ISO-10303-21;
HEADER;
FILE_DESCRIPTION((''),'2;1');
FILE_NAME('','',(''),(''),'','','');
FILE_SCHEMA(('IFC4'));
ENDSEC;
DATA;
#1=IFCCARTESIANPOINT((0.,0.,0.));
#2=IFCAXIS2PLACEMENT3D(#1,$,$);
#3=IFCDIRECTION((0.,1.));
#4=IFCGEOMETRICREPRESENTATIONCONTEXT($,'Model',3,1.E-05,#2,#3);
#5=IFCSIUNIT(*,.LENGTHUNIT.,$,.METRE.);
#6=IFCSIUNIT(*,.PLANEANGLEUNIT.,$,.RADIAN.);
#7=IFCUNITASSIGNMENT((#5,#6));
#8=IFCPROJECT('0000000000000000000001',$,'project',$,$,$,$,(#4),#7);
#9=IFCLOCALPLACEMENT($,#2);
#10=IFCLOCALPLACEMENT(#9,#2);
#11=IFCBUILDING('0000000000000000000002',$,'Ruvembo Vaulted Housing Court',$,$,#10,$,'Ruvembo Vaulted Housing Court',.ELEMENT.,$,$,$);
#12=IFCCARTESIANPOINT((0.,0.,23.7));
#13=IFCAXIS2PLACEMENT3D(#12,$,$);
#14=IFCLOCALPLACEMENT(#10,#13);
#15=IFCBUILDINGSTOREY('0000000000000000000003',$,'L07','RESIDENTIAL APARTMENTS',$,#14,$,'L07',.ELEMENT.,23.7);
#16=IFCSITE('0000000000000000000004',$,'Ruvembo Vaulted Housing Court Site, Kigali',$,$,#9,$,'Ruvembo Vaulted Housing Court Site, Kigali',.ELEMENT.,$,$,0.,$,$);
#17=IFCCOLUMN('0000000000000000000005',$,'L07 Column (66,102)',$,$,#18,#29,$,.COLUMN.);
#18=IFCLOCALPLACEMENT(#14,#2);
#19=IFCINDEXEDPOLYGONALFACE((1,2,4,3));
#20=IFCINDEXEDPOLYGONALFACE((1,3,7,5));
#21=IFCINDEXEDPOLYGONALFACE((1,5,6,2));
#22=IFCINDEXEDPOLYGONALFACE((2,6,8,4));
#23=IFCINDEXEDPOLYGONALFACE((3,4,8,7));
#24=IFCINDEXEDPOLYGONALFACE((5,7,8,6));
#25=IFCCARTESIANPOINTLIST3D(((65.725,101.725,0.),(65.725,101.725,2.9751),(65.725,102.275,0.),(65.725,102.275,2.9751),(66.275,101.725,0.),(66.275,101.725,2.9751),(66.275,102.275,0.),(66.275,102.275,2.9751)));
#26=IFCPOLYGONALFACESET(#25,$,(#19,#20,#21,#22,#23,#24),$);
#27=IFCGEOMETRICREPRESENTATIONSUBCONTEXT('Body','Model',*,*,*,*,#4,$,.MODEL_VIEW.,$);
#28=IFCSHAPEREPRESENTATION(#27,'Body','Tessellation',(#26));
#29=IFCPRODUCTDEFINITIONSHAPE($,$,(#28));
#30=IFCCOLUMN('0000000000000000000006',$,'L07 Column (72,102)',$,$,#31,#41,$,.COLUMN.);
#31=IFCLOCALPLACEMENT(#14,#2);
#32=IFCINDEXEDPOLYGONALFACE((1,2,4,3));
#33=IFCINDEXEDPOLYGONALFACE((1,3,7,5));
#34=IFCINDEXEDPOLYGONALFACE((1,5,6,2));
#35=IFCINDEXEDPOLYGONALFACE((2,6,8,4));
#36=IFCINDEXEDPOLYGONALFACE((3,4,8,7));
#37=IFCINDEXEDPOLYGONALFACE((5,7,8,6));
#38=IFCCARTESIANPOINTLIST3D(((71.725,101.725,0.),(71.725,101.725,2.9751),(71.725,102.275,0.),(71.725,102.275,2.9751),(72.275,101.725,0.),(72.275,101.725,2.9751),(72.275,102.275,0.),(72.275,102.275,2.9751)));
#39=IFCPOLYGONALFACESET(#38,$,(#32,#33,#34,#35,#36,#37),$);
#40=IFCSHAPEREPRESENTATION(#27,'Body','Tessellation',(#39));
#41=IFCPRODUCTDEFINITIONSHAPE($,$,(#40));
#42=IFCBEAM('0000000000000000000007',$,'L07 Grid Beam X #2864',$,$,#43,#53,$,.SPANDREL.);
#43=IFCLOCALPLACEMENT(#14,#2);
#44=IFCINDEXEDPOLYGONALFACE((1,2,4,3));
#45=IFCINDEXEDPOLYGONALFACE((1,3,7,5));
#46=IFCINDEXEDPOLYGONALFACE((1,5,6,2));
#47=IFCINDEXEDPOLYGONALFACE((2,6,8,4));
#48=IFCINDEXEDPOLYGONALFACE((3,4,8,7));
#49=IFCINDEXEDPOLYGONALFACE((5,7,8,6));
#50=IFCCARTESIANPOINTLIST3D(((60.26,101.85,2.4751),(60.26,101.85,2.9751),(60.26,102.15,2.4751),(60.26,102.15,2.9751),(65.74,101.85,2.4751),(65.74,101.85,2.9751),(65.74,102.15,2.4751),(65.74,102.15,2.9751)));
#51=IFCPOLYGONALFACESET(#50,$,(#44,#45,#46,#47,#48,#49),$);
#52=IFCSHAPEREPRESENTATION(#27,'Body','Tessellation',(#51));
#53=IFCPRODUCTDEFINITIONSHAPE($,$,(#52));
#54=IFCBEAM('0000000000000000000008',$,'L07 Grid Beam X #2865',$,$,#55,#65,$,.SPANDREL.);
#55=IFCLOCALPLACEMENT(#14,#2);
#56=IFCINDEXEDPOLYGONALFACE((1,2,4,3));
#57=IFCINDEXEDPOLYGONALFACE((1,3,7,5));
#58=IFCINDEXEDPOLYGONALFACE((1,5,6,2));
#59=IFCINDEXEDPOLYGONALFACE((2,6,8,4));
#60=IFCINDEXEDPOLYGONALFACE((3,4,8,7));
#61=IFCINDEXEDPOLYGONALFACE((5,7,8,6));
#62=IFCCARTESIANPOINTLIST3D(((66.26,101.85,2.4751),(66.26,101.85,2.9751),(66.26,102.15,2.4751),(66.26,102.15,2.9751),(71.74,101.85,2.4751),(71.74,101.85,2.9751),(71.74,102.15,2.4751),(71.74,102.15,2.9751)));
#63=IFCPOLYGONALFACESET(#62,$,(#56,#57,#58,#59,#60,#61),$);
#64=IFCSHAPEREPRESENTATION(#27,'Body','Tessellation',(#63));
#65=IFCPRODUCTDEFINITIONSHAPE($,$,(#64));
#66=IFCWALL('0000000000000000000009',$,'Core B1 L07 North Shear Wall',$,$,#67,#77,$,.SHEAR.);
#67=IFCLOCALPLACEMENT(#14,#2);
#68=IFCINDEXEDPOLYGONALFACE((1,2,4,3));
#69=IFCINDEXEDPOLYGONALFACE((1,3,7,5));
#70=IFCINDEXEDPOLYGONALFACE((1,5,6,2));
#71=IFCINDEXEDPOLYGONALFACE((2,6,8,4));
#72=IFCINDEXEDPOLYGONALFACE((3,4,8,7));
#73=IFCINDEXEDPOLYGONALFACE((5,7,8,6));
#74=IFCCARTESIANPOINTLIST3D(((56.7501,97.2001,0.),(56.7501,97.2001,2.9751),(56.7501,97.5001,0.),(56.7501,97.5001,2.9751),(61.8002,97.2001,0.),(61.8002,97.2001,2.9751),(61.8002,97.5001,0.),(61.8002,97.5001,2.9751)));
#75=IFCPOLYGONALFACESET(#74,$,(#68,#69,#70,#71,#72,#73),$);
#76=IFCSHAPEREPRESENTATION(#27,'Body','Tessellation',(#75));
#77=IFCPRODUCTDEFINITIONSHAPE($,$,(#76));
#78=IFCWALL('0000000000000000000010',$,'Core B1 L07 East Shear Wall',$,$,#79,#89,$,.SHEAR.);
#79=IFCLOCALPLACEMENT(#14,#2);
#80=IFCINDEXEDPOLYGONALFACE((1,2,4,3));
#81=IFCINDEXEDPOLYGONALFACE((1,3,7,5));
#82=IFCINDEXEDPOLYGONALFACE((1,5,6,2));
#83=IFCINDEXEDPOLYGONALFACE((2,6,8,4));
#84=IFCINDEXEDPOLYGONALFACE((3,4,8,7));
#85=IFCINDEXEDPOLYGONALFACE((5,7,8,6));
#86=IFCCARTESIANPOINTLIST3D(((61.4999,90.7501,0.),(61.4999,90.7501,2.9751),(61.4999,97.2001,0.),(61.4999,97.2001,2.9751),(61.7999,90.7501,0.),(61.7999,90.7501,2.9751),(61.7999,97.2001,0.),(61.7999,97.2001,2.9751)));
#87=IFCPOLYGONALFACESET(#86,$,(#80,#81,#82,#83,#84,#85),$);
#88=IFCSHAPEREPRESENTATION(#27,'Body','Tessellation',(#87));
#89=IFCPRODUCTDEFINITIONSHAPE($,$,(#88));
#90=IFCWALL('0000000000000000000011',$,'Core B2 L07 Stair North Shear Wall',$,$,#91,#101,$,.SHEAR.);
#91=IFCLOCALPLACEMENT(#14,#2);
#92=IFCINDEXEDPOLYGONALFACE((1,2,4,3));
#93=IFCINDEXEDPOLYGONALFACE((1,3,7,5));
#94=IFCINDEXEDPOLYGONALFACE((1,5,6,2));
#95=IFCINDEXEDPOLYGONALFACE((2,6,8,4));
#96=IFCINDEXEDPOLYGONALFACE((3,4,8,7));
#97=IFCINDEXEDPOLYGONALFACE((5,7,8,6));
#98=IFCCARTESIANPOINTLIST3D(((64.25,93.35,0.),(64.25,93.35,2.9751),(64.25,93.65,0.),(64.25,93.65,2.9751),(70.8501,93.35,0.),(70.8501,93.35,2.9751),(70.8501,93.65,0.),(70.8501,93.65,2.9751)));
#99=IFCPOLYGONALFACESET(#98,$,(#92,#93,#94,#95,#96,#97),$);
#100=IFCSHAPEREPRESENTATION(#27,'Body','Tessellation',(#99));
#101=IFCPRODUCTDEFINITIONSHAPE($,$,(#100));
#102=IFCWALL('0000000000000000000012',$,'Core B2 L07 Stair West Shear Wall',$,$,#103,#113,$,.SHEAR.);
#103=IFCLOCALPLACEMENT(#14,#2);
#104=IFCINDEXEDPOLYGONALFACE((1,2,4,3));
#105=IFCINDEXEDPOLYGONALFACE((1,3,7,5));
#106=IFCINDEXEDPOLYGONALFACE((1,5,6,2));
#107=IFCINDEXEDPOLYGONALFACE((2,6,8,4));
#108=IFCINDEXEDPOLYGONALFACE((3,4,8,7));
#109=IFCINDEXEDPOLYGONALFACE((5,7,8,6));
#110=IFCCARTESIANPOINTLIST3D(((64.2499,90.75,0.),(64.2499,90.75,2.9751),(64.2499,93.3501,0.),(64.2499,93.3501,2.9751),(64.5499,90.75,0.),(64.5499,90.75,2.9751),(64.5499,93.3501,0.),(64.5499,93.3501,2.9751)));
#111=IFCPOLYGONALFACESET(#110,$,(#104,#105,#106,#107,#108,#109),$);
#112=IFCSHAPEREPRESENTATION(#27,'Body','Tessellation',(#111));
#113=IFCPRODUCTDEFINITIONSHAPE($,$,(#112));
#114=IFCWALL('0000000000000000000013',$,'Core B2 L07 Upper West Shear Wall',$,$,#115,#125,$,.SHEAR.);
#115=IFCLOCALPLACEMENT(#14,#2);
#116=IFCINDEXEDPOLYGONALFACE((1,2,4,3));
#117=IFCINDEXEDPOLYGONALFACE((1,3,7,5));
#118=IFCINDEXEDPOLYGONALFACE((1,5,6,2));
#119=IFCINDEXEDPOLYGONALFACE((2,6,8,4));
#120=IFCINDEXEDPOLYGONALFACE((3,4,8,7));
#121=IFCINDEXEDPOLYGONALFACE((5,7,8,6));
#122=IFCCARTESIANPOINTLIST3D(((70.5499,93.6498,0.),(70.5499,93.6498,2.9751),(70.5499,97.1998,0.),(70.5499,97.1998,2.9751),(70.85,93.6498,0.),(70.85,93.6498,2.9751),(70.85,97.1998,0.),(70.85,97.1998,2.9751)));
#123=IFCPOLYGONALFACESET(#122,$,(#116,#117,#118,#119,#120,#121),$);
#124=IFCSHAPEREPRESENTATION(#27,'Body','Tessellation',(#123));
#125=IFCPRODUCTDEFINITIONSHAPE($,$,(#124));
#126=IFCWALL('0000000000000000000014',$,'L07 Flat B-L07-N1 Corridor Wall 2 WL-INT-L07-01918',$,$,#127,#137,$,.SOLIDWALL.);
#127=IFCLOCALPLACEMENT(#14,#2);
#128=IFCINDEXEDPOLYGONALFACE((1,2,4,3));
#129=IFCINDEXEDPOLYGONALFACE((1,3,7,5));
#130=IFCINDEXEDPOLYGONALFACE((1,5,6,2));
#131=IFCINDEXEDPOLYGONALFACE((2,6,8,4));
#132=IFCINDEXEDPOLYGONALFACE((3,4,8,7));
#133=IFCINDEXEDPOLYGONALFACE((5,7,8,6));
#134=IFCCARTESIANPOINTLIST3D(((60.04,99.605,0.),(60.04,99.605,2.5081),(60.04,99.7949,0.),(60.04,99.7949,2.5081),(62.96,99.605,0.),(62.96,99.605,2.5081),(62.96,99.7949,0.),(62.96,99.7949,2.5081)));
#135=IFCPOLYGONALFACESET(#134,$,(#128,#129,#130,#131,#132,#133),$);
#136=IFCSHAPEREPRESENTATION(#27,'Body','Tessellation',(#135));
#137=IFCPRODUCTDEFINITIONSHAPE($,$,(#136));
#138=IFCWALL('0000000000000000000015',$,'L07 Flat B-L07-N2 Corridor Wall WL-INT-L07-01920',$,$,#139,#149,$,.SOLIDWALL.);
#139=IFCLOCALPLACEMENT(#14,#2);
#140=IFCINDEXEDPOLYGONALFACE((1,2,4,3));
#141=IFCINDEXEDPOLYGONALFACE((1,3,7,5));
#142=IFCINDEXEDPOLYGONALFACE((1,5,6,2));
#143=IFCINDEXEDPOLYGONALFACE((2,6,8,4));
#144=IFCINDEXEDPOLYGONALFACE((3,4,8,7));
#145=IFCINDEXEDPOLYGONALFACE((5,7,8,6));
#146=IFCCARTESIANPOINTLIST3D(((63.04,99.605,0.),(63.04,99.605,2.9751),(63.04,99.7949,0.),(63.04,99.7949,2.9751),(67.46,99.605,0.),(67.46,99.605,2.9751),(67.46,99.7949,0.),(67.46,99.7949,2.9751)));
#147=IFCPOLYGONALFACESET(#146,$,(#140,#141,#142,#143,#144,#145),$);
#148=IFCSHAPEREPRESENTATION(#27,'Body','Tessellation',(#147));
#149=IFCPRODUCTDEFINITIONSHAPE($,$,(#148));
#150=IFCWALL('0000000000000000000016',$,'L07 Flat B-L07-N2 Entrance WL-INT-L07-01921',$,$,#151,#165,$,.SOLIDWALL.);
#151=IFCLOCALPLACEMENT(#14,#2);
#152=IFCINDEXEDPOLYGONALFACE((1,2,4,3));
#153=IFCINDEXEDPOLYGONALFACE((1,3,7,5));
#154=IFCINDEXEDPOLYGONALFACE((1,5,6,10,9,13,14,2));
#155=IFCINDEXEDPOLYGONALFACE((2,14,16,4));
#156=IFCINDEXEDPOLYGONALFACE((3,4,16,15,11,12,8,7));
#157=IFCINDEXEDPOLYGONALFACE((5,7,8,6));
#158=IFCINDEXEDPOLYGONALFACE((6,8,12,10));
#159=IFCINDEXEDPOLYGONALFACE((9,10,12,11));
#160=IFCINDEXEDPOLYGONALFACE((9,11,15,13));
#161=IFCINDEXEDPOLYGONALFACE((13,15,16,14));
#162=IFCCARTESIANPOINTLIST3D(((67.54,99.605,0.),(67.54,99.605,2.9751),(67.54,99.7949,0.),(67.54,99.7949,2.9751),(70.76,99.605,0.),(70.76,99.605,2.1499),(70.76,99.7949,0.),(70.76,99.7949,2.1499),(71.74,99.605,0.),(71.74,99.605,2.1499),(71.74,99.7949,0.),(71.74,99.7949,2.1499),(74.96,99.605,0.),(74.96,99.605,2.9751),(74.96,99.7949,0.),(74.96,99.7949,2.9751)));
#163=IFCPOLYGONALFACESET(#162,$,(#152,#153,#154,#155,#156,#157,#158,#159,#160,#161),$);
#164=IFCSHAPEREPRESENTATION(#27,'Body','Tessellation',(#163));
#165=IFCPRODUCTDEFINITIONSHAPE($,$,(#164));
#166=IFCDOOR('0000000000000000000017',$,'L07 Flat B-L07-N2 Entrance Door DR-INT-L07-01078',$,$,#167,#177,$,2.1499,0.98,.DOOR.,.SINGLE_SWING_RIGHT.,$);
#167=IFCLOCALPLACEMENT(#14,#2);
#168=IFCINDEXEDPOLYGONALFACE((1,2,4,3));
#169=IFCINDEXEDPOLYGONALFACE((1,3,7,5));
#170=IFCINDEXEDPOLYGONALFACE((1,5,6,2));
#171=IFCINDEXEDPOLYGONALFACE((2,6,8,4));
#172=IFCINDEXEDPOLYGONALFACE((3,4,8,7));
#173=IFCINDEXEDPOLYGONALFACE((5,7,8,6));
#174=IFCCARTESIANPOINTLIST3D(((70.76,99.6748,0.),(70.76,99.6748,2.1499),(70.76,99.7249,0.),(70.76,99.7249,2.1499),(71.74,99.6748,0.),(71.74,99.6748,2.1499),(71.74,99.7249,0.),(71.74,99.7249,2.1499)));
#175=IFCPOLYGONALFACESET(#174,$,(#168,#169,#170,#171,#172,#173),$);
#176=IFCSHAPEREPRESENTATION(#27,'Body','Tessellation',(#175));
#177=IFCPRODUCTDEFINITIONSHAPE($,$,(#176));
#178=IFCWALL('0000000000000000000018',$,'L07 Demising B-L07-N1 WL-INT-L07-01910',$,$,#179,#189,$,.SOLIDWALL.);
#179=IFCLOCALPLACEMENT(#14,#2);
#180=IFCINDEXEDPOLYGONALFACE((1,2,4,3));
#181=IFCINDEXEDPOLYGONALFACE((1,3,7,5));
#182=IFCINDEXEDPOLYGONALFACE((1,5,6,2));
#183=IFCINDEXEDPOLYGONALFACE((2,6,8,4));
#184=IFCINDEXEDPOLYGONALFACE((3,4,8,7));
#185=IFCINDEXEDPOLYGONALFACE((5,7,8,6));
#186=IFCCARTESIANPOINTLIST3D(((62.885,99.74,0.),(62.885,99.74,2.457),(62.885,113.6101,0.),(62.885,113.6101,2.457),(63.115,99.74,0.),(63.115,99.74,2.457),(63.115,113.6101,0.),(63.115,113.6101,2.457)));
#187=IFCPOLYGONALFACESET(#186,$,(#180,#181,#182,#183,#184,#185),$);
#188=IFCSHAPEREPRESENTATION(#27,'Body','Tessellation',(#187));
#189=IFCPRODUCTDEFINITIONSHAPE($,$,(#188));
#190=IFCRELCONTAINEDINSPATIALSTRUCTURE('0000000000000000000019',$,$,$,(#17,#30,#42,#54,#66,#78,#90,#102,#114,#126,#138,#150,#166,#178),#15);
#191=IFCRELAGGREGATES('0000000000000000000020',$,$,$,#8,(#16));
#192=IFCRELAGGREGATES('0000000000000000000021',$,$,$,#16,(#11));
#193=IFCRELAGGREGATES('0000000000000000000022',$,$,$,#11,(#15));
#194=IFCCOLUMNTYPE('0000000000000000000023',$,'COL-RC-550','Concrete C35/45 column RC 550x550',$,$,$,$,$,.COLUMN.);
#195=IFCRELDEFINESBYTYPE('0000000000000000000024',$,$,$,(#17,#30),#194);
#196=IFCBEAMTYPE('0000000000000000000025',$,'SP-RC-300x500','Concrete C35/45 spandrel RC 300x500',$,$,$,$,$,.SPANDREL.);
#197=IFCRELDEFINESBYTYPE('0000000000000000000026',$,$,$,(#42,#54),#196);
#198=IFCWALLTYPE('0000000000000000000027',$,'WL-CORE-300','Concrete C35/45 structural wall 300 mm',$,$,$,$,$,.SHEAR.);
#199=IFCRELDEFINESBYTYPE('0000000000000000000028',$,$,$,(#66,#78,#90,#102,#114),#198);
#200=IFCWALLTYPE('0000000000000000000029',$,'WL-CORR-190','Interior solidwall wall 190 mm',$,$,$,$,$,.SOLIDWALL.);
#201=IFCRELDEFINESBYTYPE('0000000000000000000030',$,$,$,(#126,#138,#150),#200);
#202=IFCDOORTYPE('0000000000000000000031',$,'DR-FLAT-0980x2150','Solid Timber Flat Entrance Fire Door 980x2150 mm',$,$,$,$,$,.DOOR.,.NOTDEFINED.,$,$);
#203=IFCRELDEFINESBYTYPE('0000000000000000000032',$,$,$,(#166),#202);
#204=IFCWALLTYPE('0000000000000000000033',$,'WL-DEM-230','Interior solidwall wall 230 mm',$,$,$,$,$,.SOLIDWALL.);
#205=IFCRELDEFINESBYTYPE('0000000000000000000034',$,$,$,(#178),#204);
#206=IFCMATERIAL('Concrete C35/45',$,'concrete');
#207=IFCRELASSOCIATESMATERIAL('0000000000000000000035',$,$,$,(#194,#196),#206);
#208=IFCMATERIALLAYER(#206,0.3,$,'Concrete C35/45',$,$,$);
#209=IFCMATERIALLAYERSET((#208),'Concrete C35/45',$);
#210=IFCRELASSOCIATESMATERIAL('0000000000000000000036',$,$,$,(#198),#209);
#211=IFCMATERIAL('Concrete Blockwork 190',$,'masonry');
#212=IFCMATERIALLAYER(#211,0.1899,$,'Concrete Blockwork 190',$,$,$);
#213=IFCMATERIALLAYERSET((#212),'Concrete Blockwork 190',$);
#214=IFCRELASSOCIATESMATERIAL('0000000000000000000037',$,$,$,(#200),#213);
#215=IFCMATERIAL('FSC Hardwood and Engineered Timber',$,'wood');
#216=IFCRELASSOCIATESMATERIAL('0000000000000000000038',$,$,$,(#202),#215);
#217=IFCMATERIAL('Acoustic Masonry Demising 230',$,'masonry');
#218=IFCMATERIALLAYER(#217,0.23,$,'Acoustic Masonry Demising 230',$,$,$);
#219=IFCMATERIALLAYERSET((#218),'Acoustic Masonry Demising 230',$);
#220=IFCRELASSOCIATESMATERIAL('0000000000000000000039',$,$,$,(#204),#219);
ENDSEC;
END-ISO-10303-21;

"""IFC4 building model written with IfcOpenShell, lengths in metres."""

from ifc_helpers import new_model, si_unit, direction, frame, frame_2d, origin, origin_2d, place, context, subcontext, project, spatial, rectangle, extrude, material, layer, layer_set, material_profile, profile_set, type_object, element, fill, save


model = new_model("IFC4")

# Units and contexts
model_context = context("Model", 3, precision=1e-05, world=origin(), true_north=direction((0.0, 1.0)))
body_context = subcontext(model_context, "Body", "Model", "MODEL_VIEW")
ifc_project = project(units=[si_unit("LENGTHUNIT", "METRE"), si_unit("PLANEANGLEUNIT", "RADIAN")], contexts=[model_context])

# Site, building, storey
site_placement = place(None, origin())
site = spatial("IfcSite", under=ifc_project, at=site_placement, Name="Ruvembo Vaulted Housing Court Site, Kigali", LongName="Ruvembo Vaulted Housing Court Site, Kigali", CompositionType="ELEMENT", RefElevation=0.0)
building_placement = place(site_placement, origin())
building = spatial("IfcBuilding", under=site, at=building_placement, Name="Ruvembo Vaulted Housing Court", LongName="Ruvembo Vaulted Housing Court", CompositionType="ELEMENT")
storey_placement = place(building_placement, frame((0.0, 0.0, 23.7)))
storey = spatial("IfcBuildingStorey", under=building, at=storey_placement, Name="L07", Description="RESIDENTIAL APARTMENTS", LongName="L07", CompositionType="ELEMENT", Elevation=23.7)

# Columns
ifc_material_1 = material(Name="Concrete C35/45", Category="concrete")
ifc_material_profile_1 = material_profile(ifc_material_1, rectangle(XDim=0.55, YDim=0.55, at=origin_2d()), Name="RC 550x550")
ifc_profile_set_1 = profile_set([ifc_material_profile_1], Name="Concrete C35/45")
column_type = type_object("IfcColumnType", Name="COL-RC-550", Description="Concrete C35/45 column RC 550x550", PredefinedType="COLUMN", material=ifc_profile_set_1)
for number, where, z_axis, x_axis, name in (
    (1, (66.0, 102.0, 0.0), (0.0, 0.0, 1.0), (1.0, 0.0, 0.0), "L07 Column (66,102)"),
    (2, (72.0, 102.0, 0.0), (0.0, 0.0, 1.0), (1.0, 0.0, 0.0), "L07 Column (72,102)"),
):
    element("IfcColumn", number, at=place(storey_placement, frame(where, z_axis=z_axis, x_axis=x_axis)), inside=storey, type_object=column_type, Name=name, PredefinedType="COLUMN", context=body_context, shape_type="SweptSolid", body=[
        extrude(rectangle(XDim=0.55, YDim=0.55, at=origin_2d()), origin(), (0.0, 0.0, 1.0), 2.9751),
    ])

# Beams
ifc_material_profile_2 = material_profile(ifc_material_1, rectangle(XDim=0.3, YDim=0.5, at=origin_2d()), Name="RC 300x500")
ifc_profile_set_2 = profile_set([ifc_material_profile_2], Name="Concrete C35/45")
beam_type = type_object("IfcBeamType", Name="SP-RC-300x500", Description="Concrete C35/45 spandrel RC 300x500", PredefinedType="SPANDREL", material=ifc_profile_set_2)
for number, where, z_axis, x_axis, name in (
    (3, (60.26, 102.0, 2.7251), (1.0, 0.0, 0.0), (0.0, 1.0, 0.0), "L07 Grid Beam X #2864"),
    (4, (66.26, 102.0, 2.7251), (1.0, 0.0, 0.0), (0.0, 1.0, 0.0), "L07 Grid Beam X #2865"),
):
    element("IfcBeam", number, at=place(storey_placement, frame(where, z_axis=z_axis, x_axis=x_axis)), inside=storey, type_object=beam_type, Name=name, PredefinedType="SPANDREL", context=body_context, shape_type="SweptSolid", body=[
        extrude(rectangle(XDim=0.3, YDim=0.5, at=origin_2d()), origin(), (0.0, 0.0, 1.0), 5.48),
    ])

# Walls
ifc_layer_1 = layer(ifc_material_1, 0.3, Name="Concrete C35/45")
ifc_layer_set_1 = layer_set([ifc_layer_1], Name="Concrete C35/45")
wall_type_1 = type_object("IfcWallType", Name="WL-CORE-300", Description="Concrete C35/45 structural wall 300 mm", PredefinedType="SHEAR", material=ifc_layer_set_1)
wall_1_placement = place(storey_placement, frame((61.8, 97.3501, 0.0), z_axis=(0.0, 0.0, 1.0), x_axis=(-1.0, 0.0, 0.0)))
element("IfcWall", 5, at=wall_1_placement, inside=storey, type_object=wall_type_1, Name="Core B1 L07 North Shear Wall", PredefinedType="SHEAR", context=body_context, shape_type="SweptSolid", body=[
    extrude(rectangle(XDim=5.05, YDim=0.3, at=frame_2d((2.5249, 0.0))), origin(), (0.0, 0.0, 1.0), 2.9751),
])
wall_2_placement = place(storey_placement, frame((61.6499, 90.75, 0.0), z_axis=(0.0, 0.0, 1.0), x_axis=(0.0, 1.0, 0.0)))
element("IfcWall", 6, at=wall_2_placement, inside=storey, type_object=wall_type_1, Name="Core B1 L07 East Shear Wall", PredefinedType="SHEAR", context=body_context, shape_type="SweptSolid", body=[
    extrude(rectangle(XDim=6.45, YDim=0.3, at=frame_2d((3.2251, 0.0))), origin(), (0.0, 0.0, 1.0), 2.9751),
])
wall_3_placement = place(storey_placement, frame((70.8501, 93.5, 0.0), z_axis=(0.0, 0.0, 1.0), x_axis=(-1.0, 0.0, 0.0)))
element("IfcWall", 7, at=wall_3_placement, inside=storey, type_object=wall_type_1, Name="Core B2 L07 Stair North Shear Wall", PredefinedType="SHEAR", context=body_context, shape_type="SweptSolid", body=[
    extrude(rectangle(XDim=6.6001, YDim=0.3, at=frame_2d((3.3, 0.0))), origin(), (0.0, 0.0, 1.0), 2.9751),
])
wall_4_placement = place(storey_placement, frame((64.3999, 93.3501, 0.0), z_axis=(0.0, 0.0, 1.0), x_axis=(0.0, -1.0, 0.0)))
element("IfcWall", 8, at=wall_4_placement, inside=storey, type_object=wall_type_1, Name="Core B2 L07 Stair West Shear Wall", PredefinedType="SHEAR", context=body_context, shape_type="SweptSolid", body=[
    extrude(rectangle(XDim=2.6001, YDim=0.3, at=frame_2d((1.3, 0.0))), origin(), (0.0, 0.0, 1.0), 2.9751),
])

# Walls
wall_5_placement = place(storey_placement, frame((70.7, 93.6499, 0.0), z_axis=(0.0, 0.0, 1.0), x_axis=(0.0, 1.0, 0.0)))
element("IfcWall", 9, at=wall_5_placement, inside=storey, type_object=wall_type_1, Name="Core B2 L07 Upper West Shear Wall", PredefinedType="SHEAR", context=body_context, shape_type="SweptSolid", body=[
    extrude(rectangle(XDim=3.55, YDim=0.3, at=frame_2d((1.7749, 0.0))), origin(), (0.0, 0.0, 1.0), 2.9751),
])
ifc_material_2 = material(Name="Concrete Blockwork 190", Category="masonry")
ifc_layer_2 = layer(ifc_material_2, 0.1899, Name="Concrete Blockwork 190")
ifc_layer_set_2 = layer_set([ifc_layer_2], Name="Concrete Blockwork 190")
wall_type_2 = type_object("IfcWallType", Name="WL-CORR-190", Description="Interior solidwall wall 190 mm", PredefinedType="SOLIDWALL", material=ifc_layer_set_2)
wall_6_placement = place(storey_placement, frame((60.04, 99.7, 0.0), z_axis=(0.0, 0.0, 1.0), x_axis=(1.0, 0.0, 0.0)))
element("IfcWall", 10, at=wall_6_placement, inside=storey, type_object=wall_type_2, Name="L07 Flat B-L07-N1 Corridor Wall 2 WL-INT-L07-01918", PredefinedType="SOLIDWALL", context=body_context, shape_type="SweptSolid", body=[
    extrude(rectangle(XDim=2.9199, YDim=0.1899, at=frame_2d((1.46, 0.0))), origin(), (0.0, 0.0, 1.0), 2.5081),
])
wall_7_placement = place(storey_placement, frame((63.04, 99.7, 0.0), z_axis=(0.0, 0.0, 1.0), x_axis=(1.0, 0.0, 0.0)))
element("IfcWall", 11, at=wall_7_placement, inside=storey, type_object=wall_type_2, Name="L07 Flat B-L07-N2 Corridor Wall WL-INT-L07-01920", PredefinedType="SOLIDWALL", context=body_context, shape_type="SweptSolid", body=[
    extrude(rectangle(XDim=4.4199, YDim=0.1899, at=frame_2d((2.21, 0.0))), origin(), (0.0, 0.0, 1.0), 2.9751),
])

# Wall, opening, door
wall_8_placement = place(storey_placement, frame((67.54, 99.7, 0.0), z_axis=(0.0, 0.0, 1.0), x_axis=(1.0, 0.0, 0.0)))
wall_8 = element("IfcWall", 12, at=wall_8_placement, inside=storey, type_object=wall_type_2, Name="L07 Flat B-L07-N2 Entrance WL-INT-L07-01921", PredefinedType="SOLIDWALL", context=body_context, shape_type="SweptSolid", body=[
    extrude(rectangle(XDim=7.4199, YDim=0.1899, at=frame_2d((3.71, 0.0))), origin(), (0.0, 0.0, 1.0), 2.9751),
])
opening_1_placement = place(wall_8_placement, frame((3.22, 0.0, 0.0)))
opening_1 = element("IfcOpeningElement", 13, at=opening_1_placement, cuts=wall_8, PredefinedType="OPENING", context=body_context, shape_type="SweptSolid", body=[
    extrude(rectangle(XDim=0.98, YDim=2.1499, at=frame_2d((0.49, 1.075))), frame((0.0, 0.105, 0.0), z_axis=(0.0, -1.0, 0.0), x_axis=(1.0, 0.0, 0.0)), (0.0, 0.0, 1.0), 0.21),
])
ifc_material_3 = material(Name="FSC Hardwood and Engineered Timber", Category="wood")
door_type_1 = type_object("IfcDoorType", Name="DR-FLAT-0980x2150", Description="Solid Timber Flat Entrance Fire Door 980x2150 mm", OperationType="NOTDEFINED", PredefinedType="DOOR", material=ifc_material_3)
door_1_placement = place(opening_1_placement, origin())
door_1 = element("IfcDoor", 14, at=door_1_placement, inside=storey, type_object=door_type_1, Name="L07 Flat B-L07-N2 Entrance Door DR-INT-L07-01078", OperationType="SINGLE_SWING_RIGHT", OverallHeight=2.1499, OverallWidth=0.98, PredefinedType="DOOR", context=body_context, shape_type="SweptSolid", body=[
    extrude(rectangle(XDim=0.98, YDim=2.1499, at=frame_2d((0.49, 1.075))), frame((0.0, 0.0249, 0.0), z_axis=(0.0, -1.0, 0.0), x_axis=(1.0, 0.0, 0.0)), (0.0, 0.0, 1.0), 0.05),
])
fill(opening_1, door_1)

# Wall
ifc_material_4 = material(Name="Acoustic Masonry Demising 230", Category="masonry")
ifc_layer_3 = layer(ifc_material_4, 0.23, Name="Acoustic Masonry Demising 230")
ifc_layer_set_3 = layer_set([ifc_layer_3], Name="Acoustic Masonry Demising 230")
wall_type_3 = type_object("IfcWallType", Name="WL-DEM-230", Description="Interior solidwall wall 230 mm", PredefinedType="SOLIDWALL", material=ifc_layer_set_3)
wall_9_placement = place(storey_placement, frame((63.0, 99.74, 0.0), z_axis=(0.0, 0.0, 1.0), x_axis=(0.0, 1.0, 0.0)))
element("IfcWall", 15, at=wall_9_placement, inside=storey, type_object=wall_type_3, Name="L07 Demising B-L07-N1 WL-INT-L07-01910", PredefinedType="SOLIDWALL", context=body_context, shape_type="SweptSolid", body=[
    extrude(rectangle(XDim=13.8701, YDim=0.23, at=frame_2d((6.9351, 0.0))), origin(), (0.0, 0.0, 1.0), 2.457),
])

save(model, "model.ifc")
